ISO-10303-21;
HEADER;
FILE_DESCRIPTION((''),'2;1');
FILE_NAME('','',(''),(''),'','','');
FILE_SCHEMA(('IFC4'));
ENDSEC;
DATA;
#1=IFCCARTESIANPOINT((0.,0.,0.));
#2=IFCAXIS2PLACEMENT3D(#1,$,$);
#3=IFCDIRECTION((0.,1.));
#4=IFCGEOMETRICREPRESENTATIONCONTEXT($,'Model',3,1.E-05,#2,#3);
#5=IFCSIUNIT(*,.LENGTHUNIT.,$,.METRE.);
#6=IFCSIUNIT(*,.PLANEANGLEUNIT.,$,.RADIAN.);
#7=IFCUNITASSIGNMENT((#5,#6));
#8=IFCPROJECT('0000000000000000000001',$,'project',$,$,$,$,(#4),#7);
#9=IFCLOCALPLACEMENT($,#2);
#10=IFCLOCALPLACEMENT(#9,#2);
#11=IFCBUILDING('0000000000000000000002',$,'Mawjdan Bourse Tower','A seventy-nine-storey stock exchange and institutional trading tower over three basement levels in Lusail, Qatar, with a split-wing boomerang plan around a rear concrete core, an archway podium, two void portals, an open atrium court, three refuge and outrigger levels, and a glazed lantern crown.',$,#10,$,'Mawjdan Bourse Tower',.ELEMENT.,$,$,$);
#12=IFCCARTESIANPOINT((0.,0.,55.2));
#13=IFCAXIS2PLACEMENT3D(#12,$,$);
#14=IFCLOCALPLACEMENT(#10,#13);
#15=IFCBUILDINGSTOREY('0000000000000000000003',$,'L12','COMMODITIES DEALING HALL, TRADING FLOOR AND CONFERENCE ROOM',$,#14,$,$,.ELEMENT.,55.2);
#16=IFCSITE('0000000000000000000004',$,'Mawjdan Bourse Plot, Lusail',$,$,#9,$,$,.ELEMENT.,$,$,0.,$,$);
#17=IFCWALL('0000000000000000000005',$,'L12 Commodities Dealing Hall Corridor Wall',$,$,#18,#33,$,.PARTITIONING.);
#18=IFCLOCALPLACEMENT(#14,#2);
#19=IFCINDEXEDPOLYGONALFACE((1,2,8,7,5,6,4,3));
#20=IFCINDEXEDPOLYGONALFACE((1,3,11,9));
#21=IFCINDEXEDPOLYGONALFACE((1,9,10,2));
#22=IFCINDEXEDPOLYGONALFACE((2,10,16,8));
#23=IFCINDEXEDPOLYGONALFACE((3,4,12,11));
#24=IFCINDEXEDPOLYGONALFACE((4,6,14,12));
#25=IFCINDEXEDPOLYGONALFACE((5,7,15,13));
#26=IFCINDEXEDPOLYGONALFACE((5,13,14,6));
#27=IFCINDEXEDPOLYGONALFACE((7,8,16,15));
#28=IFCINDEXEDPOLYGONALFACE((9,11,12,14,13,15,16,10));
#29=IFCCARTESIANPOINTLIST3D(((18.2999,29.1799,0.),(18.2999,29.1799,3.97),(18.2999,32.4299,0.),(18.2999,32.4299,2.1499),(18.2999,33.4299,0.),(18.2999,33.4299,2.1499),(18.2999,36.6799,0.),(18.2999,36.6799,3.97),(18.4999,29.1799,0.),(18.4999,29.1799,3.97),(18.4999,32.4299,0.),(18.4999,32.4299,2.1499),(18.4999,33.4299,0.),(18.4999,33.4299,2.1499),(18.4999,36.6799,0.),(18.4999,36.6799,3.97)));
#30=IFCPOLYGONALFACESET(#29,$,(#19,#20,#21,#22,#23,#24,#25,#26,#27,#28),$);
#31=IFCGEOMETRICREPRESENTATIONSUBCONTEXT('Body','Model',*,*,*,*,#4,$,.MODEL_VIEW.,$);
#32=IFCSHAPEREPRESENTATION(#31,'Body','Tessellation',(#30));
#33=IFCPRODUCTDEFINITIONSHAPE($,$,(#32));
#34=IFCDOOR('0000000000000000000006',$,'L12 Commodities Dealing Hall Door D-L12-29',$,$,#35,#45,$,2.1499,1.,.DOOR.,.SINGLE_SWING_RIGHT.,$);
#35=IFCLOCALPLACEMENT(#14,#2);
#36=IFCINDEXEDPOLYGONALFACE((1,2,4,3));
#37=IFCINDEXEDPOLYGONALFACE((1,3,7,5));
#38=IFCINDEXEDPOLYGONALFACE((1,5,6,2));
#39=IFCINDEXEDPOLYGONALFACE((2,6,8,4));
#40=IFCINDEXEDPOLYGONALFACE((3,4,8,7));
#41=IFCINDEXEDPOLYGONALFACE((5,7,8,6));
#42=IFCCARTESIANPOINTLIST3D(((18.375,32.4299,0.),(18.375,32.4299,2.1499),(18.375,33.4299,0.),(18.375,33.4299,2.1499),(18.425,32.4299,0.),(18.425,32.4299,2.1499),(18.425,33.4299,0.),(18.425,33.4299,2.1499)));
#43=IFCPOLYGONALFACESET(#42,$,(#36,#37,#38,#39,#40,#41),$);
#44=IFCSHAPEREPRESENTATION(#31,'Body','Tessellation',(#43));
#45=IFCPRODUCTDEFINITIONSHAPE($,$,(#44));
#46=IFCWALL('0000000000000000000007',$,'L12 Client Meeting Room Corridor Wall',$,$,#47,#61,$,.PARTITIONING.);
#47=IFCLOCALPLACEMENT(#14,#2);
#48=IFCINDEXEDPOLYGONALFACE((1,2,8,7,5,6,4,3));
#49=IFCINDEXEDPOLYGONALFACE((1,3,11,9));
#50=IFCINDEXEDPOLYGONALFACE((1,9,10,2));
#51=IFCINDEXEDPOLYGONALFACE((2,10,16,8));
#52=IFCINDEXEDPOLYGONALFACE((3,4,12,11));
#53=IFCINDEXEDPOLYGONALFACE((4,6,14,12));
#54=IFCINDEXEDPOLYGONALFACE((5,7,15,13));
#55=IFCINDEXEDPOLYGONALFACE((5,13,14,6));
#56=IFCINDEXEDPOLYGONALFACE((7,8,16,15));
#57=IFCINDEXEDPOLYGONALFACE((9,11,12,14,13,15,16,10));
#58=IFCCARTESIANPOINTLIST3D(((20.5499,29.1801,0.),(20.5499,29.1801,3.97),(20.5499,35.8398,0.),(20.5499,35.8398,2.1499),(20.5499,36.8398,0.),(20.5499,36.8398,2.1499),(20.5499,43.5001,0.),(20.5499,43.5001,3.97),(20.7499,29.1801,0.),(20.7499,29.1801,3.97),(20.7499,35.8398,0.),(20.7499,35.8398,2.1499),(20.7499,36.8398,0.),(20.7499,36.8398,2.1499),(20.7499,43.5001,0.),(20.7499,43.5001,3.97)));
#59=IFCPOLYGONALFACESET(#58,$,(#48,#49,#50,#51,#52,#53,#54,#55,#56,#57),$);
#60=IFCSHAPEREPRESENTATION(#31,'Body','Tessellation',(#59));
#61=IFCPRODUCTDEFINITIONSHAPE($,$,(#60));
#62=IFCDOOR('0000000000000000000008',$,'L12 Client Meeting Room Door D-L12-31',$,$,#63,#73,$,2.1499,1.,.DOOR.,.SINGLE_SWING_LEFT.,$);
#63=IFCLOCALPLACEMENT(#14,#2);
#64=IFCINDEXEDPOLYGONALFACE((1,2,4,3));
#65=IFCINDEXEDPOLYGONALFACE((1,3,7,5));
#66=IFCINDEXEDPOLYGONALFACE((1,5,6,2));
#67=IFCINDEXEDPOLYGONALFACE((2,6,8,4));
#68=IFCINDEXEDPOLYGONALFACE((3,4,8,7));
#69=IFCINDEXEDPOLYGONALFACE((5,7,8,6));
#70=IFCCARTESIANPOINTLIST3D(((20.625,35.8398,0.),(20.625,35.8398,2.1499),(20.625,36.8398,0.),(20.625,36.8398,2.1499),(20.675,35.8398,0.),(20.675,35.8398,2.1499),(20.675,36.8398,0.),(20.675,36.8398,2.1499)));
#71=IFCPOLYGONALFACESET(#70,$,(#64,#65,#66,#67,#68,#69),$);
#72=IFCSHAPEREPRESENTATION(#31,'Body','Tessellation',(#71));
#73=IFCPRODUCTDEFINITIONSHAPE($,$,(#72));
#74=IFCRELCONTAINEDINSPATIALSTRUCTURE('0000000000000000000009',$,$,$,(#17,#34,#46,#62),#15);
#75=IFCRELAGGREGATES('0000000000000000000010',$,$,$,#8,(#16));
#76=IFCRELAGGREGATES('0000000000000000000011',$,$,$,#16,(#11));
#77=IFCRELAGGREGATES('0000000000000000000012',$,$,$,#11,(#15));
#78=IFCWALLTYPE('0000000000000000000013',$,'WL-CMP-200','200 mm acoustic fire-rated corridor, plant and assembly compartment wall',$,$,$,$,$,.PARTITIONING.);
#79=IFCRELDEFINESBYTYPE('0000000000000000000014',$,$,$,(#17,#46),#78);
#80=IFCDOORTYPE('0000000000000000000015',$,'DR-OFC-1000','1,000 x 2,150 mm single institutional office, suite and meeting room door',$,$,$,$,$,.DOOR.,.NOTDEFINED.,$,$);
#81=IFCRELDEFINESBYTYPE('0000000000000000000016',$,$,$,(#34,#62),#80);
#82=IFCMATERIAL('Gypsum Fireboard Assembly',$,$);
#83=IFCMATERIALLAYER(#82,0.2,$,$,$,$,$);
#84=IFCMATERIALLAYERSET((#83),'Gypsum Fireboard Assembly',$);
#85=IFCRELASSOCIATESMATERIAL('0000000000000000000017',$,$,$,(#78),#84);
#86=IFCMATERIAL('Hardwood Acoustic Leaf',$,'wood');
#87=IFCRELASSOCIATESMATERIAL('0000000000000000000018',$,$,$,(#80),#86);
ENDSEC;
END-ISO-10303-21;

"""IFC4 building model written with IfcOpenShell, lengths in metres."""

from ifc_helpers import new_model, si_unit, direction, frame, frame_2d, origin, place, context, subcontext, project, spatial, rectangle, extrude, material, layer, layer_set, type_object, element, fill, save


model = new_model("IFC4")

# Units and contexts
model_context = context("Model", 3, precision=1e-05, world=origin(), true_north=direction((0.0, 1.0)))
body_context = subcontext(model_context, "Body", "Model", "MODEL_VIEW")
ifc_project = project(units=[si_unit("LENGTHUNIT", "METRE"), si_unit("PLANEANGLEUNIT", "RADIAN")], contexts=[model_context])

# Site, building, storey
site_placement = place(None, origin())
site = spatial("IfcSite", under=ifc_project, at=site_placement, Name="Mawjdan Bourse Plot, Lusail", CompositionType="ELEMENT", RefElevation=0.0)
building_placement = place(site_placement, origin())
building = spatial("IfcBuilding", under=site, at=building_placement, Name="Mawjdan Bourse Tower", Description="A seventy-nine-storey stock exchange and institutional trading tower over three basement levels in Lusail, Qatar, with a split-wing boomerang plan around a rear concrete core, an archway podium, two void portals, an open atrium court, three refuge and outrigger levels, and a glazed lantern crown.", LongName="Mawjdan Bourse Tower", CompositionType="ELEMENT")
storey_placement = place(building_placement, frame((0.0, 0.0, 55.2)))
storey = spatial("IfcBuildingStorey", under=building, at=storey_placement, Name="L12", Description="COMMODITIES DEALING HALL, TRADING FLOOR AND CONFERENCE ROOM", CompositionType="ELEMENT", Elevation=55.2)

# Shared definitions
ifc_material_1 = material(Name="Gypsum Fireboard Assembly")
ifc_layer = layer(ifc_material_1, 0.2)
ifc_layer_set = layer_set([ifc_layer], Name="Gypsum Fireboard Assembly")
wall_type = type_object("IfcWallType", Name="WL-CMP-200", Description="200 mm acoustic fire-rated corridor, plant and assembly compartment wall", PredefinedType="PARTITIONING", material=ifc_layer_set)
ifc_material_2 = material(Name="Hardwood Acoustic Leaf", Category="wood")
door_type = type_object("IfcDoorType", Name="DR-OFC-1000", Description="1,000 x 2,150 mm single institutional office, suite and meeting room door", OperationType="NOTDEFINED", PredefinedType="DOOR", material=ifc_material_2)

# Walls, openings, doors
wall_1_placement = place(storey_placement, frame((18.3999, 29.1799, 0.0), z_axis=(0.0, 0.0, 1.0), x_axis=(0.0, 1.0, 0.0)))
wall_1 = element("IfcWall", 1, at=wall_1_placement, inside=storey, type_object=wall_type, Name="L12 Commodities Dealing Hall Corridor Wall", PredefinedType="PARTITIONING", context=body_context, shape_type="SweptSolid", body=[
    extrude(rectangle(XDim=7.5, YDim=0.2, at=frame_2d((3.75, 0.0))), origin(), (0.0, 0.0, 1.0), 3.97),
])
opening_1_placement = place(wall_1_placement, frame((3.25, 0.0, 0.0)))
opening_1 = element("IfcOpeningElement", 2, at=opening_1_placement, cuts=wall_1, PredefinedType="OPENING", context=body_context, shape_type="SweptSolid", body=[
    extrude(rectangle(XDim=1.0, YDim=2.1499, at=frame_2d((0.5, 1.075))), frame((0.0, 0.1099, 0.0), z_axis=(0.0, -1.0, 0.0), x_axis=(1.0, 0.0, 0.0)), (0.0, 0.0, 1.0), 0.22),
])
door_1_placement = place(opening_1_placement, origin())
door_1 = element("IfcDoor", 3, at=door_1_placement, inside=storey, type_object=door_type, Name="L12 Commodities Dealing Hall Door D-L12-29", OperationType="SINGLE_SWING_RIGHT", OverallHeight=2.1499, OverallWidth=1.0, PredefinedType="DOOR", context=body_context, shape_type="SweptSolid", body=[
    extrude(rectangle(XDim=1.0, YDim=2.1499, at=frame_2d((0.5, 1.075))), frame((0.0, 0.0249, 0.0), z_axis=(0.0, -1.0, 0.0), x_axis=(1.0, 0.0, 0.0)), (0.0, 0.0, 1.0), 0.05),
])
fill(opening_1, door_1)
wall_2_placement = place(storey_placement, frame((20.6499, 29.1799, 0.0), z_axis=(0.0, 0.0, 1.0), x_axis=(0.0, 1.0, 0.0)))
wall_2 = element("IfcWall", 4, at=wall_2_placement, inside=storey, type_object=wall_type, Name="L12 Client Meeting Room Corridor Wall", PredefinedType="PARTITIONING", context=body_context, shape_type="SweptSolid", body=[
    extrude(rectangle(XDim=14.3201, YDim=0.2, at=frame_2d((7.1602, 0.0))), origin(), (0.0, 0.0, 1.0), 3.97),
])
opening_2_placement = place(wall_2_placement, frame((6.6599, 0.0, 0.0)))
opening_2 = element("IfcOpeningElement", 5, at=opening_2_placement, cuts=wall_2, PredefinedType="OPENING", context=body_context, shape_type="SweptSolid", body=[
    extrude(rectangle(XDim=1.0, YDim=2.1499, at=frame_2d((0.5, 1.075))), frame((0.0, 0.1099, 0.0), z_axis=(0.0, -1.0, 0.0), x_axis=(1.0, 0.0, 0.0)), (0.0, 0.0, 1.0), 0.22),
])
door_2_placement = place(opening_2_placement, origin())
door_2 = element("IfcDoor", 6, at=door_2_placement, inside=storey, type_object=door_type, Name="L12 Client Meeting Room Door D-L12-31", OperationType="SINGLE_SWING_LEFT", OverallHeight=2.1499, OverallWidth=1.0, PredefinedType="DOOR", context=body_context, shape_type="SweptSolid", body=[
    extrude(rectangle(XDim=1.0, YDim=2.1499, at=frame_2d((0.5, 1.075))), frame((0.0, 0.0249, 0.0), z_axis=(0.0, -1.0, 0.0), x_axis=(1.0, 0.0, 0.0)), (0.0, 0.0, 1.0), 0.05),
])
fill(opening_2, door_2)

save(model, "model.ifc")
